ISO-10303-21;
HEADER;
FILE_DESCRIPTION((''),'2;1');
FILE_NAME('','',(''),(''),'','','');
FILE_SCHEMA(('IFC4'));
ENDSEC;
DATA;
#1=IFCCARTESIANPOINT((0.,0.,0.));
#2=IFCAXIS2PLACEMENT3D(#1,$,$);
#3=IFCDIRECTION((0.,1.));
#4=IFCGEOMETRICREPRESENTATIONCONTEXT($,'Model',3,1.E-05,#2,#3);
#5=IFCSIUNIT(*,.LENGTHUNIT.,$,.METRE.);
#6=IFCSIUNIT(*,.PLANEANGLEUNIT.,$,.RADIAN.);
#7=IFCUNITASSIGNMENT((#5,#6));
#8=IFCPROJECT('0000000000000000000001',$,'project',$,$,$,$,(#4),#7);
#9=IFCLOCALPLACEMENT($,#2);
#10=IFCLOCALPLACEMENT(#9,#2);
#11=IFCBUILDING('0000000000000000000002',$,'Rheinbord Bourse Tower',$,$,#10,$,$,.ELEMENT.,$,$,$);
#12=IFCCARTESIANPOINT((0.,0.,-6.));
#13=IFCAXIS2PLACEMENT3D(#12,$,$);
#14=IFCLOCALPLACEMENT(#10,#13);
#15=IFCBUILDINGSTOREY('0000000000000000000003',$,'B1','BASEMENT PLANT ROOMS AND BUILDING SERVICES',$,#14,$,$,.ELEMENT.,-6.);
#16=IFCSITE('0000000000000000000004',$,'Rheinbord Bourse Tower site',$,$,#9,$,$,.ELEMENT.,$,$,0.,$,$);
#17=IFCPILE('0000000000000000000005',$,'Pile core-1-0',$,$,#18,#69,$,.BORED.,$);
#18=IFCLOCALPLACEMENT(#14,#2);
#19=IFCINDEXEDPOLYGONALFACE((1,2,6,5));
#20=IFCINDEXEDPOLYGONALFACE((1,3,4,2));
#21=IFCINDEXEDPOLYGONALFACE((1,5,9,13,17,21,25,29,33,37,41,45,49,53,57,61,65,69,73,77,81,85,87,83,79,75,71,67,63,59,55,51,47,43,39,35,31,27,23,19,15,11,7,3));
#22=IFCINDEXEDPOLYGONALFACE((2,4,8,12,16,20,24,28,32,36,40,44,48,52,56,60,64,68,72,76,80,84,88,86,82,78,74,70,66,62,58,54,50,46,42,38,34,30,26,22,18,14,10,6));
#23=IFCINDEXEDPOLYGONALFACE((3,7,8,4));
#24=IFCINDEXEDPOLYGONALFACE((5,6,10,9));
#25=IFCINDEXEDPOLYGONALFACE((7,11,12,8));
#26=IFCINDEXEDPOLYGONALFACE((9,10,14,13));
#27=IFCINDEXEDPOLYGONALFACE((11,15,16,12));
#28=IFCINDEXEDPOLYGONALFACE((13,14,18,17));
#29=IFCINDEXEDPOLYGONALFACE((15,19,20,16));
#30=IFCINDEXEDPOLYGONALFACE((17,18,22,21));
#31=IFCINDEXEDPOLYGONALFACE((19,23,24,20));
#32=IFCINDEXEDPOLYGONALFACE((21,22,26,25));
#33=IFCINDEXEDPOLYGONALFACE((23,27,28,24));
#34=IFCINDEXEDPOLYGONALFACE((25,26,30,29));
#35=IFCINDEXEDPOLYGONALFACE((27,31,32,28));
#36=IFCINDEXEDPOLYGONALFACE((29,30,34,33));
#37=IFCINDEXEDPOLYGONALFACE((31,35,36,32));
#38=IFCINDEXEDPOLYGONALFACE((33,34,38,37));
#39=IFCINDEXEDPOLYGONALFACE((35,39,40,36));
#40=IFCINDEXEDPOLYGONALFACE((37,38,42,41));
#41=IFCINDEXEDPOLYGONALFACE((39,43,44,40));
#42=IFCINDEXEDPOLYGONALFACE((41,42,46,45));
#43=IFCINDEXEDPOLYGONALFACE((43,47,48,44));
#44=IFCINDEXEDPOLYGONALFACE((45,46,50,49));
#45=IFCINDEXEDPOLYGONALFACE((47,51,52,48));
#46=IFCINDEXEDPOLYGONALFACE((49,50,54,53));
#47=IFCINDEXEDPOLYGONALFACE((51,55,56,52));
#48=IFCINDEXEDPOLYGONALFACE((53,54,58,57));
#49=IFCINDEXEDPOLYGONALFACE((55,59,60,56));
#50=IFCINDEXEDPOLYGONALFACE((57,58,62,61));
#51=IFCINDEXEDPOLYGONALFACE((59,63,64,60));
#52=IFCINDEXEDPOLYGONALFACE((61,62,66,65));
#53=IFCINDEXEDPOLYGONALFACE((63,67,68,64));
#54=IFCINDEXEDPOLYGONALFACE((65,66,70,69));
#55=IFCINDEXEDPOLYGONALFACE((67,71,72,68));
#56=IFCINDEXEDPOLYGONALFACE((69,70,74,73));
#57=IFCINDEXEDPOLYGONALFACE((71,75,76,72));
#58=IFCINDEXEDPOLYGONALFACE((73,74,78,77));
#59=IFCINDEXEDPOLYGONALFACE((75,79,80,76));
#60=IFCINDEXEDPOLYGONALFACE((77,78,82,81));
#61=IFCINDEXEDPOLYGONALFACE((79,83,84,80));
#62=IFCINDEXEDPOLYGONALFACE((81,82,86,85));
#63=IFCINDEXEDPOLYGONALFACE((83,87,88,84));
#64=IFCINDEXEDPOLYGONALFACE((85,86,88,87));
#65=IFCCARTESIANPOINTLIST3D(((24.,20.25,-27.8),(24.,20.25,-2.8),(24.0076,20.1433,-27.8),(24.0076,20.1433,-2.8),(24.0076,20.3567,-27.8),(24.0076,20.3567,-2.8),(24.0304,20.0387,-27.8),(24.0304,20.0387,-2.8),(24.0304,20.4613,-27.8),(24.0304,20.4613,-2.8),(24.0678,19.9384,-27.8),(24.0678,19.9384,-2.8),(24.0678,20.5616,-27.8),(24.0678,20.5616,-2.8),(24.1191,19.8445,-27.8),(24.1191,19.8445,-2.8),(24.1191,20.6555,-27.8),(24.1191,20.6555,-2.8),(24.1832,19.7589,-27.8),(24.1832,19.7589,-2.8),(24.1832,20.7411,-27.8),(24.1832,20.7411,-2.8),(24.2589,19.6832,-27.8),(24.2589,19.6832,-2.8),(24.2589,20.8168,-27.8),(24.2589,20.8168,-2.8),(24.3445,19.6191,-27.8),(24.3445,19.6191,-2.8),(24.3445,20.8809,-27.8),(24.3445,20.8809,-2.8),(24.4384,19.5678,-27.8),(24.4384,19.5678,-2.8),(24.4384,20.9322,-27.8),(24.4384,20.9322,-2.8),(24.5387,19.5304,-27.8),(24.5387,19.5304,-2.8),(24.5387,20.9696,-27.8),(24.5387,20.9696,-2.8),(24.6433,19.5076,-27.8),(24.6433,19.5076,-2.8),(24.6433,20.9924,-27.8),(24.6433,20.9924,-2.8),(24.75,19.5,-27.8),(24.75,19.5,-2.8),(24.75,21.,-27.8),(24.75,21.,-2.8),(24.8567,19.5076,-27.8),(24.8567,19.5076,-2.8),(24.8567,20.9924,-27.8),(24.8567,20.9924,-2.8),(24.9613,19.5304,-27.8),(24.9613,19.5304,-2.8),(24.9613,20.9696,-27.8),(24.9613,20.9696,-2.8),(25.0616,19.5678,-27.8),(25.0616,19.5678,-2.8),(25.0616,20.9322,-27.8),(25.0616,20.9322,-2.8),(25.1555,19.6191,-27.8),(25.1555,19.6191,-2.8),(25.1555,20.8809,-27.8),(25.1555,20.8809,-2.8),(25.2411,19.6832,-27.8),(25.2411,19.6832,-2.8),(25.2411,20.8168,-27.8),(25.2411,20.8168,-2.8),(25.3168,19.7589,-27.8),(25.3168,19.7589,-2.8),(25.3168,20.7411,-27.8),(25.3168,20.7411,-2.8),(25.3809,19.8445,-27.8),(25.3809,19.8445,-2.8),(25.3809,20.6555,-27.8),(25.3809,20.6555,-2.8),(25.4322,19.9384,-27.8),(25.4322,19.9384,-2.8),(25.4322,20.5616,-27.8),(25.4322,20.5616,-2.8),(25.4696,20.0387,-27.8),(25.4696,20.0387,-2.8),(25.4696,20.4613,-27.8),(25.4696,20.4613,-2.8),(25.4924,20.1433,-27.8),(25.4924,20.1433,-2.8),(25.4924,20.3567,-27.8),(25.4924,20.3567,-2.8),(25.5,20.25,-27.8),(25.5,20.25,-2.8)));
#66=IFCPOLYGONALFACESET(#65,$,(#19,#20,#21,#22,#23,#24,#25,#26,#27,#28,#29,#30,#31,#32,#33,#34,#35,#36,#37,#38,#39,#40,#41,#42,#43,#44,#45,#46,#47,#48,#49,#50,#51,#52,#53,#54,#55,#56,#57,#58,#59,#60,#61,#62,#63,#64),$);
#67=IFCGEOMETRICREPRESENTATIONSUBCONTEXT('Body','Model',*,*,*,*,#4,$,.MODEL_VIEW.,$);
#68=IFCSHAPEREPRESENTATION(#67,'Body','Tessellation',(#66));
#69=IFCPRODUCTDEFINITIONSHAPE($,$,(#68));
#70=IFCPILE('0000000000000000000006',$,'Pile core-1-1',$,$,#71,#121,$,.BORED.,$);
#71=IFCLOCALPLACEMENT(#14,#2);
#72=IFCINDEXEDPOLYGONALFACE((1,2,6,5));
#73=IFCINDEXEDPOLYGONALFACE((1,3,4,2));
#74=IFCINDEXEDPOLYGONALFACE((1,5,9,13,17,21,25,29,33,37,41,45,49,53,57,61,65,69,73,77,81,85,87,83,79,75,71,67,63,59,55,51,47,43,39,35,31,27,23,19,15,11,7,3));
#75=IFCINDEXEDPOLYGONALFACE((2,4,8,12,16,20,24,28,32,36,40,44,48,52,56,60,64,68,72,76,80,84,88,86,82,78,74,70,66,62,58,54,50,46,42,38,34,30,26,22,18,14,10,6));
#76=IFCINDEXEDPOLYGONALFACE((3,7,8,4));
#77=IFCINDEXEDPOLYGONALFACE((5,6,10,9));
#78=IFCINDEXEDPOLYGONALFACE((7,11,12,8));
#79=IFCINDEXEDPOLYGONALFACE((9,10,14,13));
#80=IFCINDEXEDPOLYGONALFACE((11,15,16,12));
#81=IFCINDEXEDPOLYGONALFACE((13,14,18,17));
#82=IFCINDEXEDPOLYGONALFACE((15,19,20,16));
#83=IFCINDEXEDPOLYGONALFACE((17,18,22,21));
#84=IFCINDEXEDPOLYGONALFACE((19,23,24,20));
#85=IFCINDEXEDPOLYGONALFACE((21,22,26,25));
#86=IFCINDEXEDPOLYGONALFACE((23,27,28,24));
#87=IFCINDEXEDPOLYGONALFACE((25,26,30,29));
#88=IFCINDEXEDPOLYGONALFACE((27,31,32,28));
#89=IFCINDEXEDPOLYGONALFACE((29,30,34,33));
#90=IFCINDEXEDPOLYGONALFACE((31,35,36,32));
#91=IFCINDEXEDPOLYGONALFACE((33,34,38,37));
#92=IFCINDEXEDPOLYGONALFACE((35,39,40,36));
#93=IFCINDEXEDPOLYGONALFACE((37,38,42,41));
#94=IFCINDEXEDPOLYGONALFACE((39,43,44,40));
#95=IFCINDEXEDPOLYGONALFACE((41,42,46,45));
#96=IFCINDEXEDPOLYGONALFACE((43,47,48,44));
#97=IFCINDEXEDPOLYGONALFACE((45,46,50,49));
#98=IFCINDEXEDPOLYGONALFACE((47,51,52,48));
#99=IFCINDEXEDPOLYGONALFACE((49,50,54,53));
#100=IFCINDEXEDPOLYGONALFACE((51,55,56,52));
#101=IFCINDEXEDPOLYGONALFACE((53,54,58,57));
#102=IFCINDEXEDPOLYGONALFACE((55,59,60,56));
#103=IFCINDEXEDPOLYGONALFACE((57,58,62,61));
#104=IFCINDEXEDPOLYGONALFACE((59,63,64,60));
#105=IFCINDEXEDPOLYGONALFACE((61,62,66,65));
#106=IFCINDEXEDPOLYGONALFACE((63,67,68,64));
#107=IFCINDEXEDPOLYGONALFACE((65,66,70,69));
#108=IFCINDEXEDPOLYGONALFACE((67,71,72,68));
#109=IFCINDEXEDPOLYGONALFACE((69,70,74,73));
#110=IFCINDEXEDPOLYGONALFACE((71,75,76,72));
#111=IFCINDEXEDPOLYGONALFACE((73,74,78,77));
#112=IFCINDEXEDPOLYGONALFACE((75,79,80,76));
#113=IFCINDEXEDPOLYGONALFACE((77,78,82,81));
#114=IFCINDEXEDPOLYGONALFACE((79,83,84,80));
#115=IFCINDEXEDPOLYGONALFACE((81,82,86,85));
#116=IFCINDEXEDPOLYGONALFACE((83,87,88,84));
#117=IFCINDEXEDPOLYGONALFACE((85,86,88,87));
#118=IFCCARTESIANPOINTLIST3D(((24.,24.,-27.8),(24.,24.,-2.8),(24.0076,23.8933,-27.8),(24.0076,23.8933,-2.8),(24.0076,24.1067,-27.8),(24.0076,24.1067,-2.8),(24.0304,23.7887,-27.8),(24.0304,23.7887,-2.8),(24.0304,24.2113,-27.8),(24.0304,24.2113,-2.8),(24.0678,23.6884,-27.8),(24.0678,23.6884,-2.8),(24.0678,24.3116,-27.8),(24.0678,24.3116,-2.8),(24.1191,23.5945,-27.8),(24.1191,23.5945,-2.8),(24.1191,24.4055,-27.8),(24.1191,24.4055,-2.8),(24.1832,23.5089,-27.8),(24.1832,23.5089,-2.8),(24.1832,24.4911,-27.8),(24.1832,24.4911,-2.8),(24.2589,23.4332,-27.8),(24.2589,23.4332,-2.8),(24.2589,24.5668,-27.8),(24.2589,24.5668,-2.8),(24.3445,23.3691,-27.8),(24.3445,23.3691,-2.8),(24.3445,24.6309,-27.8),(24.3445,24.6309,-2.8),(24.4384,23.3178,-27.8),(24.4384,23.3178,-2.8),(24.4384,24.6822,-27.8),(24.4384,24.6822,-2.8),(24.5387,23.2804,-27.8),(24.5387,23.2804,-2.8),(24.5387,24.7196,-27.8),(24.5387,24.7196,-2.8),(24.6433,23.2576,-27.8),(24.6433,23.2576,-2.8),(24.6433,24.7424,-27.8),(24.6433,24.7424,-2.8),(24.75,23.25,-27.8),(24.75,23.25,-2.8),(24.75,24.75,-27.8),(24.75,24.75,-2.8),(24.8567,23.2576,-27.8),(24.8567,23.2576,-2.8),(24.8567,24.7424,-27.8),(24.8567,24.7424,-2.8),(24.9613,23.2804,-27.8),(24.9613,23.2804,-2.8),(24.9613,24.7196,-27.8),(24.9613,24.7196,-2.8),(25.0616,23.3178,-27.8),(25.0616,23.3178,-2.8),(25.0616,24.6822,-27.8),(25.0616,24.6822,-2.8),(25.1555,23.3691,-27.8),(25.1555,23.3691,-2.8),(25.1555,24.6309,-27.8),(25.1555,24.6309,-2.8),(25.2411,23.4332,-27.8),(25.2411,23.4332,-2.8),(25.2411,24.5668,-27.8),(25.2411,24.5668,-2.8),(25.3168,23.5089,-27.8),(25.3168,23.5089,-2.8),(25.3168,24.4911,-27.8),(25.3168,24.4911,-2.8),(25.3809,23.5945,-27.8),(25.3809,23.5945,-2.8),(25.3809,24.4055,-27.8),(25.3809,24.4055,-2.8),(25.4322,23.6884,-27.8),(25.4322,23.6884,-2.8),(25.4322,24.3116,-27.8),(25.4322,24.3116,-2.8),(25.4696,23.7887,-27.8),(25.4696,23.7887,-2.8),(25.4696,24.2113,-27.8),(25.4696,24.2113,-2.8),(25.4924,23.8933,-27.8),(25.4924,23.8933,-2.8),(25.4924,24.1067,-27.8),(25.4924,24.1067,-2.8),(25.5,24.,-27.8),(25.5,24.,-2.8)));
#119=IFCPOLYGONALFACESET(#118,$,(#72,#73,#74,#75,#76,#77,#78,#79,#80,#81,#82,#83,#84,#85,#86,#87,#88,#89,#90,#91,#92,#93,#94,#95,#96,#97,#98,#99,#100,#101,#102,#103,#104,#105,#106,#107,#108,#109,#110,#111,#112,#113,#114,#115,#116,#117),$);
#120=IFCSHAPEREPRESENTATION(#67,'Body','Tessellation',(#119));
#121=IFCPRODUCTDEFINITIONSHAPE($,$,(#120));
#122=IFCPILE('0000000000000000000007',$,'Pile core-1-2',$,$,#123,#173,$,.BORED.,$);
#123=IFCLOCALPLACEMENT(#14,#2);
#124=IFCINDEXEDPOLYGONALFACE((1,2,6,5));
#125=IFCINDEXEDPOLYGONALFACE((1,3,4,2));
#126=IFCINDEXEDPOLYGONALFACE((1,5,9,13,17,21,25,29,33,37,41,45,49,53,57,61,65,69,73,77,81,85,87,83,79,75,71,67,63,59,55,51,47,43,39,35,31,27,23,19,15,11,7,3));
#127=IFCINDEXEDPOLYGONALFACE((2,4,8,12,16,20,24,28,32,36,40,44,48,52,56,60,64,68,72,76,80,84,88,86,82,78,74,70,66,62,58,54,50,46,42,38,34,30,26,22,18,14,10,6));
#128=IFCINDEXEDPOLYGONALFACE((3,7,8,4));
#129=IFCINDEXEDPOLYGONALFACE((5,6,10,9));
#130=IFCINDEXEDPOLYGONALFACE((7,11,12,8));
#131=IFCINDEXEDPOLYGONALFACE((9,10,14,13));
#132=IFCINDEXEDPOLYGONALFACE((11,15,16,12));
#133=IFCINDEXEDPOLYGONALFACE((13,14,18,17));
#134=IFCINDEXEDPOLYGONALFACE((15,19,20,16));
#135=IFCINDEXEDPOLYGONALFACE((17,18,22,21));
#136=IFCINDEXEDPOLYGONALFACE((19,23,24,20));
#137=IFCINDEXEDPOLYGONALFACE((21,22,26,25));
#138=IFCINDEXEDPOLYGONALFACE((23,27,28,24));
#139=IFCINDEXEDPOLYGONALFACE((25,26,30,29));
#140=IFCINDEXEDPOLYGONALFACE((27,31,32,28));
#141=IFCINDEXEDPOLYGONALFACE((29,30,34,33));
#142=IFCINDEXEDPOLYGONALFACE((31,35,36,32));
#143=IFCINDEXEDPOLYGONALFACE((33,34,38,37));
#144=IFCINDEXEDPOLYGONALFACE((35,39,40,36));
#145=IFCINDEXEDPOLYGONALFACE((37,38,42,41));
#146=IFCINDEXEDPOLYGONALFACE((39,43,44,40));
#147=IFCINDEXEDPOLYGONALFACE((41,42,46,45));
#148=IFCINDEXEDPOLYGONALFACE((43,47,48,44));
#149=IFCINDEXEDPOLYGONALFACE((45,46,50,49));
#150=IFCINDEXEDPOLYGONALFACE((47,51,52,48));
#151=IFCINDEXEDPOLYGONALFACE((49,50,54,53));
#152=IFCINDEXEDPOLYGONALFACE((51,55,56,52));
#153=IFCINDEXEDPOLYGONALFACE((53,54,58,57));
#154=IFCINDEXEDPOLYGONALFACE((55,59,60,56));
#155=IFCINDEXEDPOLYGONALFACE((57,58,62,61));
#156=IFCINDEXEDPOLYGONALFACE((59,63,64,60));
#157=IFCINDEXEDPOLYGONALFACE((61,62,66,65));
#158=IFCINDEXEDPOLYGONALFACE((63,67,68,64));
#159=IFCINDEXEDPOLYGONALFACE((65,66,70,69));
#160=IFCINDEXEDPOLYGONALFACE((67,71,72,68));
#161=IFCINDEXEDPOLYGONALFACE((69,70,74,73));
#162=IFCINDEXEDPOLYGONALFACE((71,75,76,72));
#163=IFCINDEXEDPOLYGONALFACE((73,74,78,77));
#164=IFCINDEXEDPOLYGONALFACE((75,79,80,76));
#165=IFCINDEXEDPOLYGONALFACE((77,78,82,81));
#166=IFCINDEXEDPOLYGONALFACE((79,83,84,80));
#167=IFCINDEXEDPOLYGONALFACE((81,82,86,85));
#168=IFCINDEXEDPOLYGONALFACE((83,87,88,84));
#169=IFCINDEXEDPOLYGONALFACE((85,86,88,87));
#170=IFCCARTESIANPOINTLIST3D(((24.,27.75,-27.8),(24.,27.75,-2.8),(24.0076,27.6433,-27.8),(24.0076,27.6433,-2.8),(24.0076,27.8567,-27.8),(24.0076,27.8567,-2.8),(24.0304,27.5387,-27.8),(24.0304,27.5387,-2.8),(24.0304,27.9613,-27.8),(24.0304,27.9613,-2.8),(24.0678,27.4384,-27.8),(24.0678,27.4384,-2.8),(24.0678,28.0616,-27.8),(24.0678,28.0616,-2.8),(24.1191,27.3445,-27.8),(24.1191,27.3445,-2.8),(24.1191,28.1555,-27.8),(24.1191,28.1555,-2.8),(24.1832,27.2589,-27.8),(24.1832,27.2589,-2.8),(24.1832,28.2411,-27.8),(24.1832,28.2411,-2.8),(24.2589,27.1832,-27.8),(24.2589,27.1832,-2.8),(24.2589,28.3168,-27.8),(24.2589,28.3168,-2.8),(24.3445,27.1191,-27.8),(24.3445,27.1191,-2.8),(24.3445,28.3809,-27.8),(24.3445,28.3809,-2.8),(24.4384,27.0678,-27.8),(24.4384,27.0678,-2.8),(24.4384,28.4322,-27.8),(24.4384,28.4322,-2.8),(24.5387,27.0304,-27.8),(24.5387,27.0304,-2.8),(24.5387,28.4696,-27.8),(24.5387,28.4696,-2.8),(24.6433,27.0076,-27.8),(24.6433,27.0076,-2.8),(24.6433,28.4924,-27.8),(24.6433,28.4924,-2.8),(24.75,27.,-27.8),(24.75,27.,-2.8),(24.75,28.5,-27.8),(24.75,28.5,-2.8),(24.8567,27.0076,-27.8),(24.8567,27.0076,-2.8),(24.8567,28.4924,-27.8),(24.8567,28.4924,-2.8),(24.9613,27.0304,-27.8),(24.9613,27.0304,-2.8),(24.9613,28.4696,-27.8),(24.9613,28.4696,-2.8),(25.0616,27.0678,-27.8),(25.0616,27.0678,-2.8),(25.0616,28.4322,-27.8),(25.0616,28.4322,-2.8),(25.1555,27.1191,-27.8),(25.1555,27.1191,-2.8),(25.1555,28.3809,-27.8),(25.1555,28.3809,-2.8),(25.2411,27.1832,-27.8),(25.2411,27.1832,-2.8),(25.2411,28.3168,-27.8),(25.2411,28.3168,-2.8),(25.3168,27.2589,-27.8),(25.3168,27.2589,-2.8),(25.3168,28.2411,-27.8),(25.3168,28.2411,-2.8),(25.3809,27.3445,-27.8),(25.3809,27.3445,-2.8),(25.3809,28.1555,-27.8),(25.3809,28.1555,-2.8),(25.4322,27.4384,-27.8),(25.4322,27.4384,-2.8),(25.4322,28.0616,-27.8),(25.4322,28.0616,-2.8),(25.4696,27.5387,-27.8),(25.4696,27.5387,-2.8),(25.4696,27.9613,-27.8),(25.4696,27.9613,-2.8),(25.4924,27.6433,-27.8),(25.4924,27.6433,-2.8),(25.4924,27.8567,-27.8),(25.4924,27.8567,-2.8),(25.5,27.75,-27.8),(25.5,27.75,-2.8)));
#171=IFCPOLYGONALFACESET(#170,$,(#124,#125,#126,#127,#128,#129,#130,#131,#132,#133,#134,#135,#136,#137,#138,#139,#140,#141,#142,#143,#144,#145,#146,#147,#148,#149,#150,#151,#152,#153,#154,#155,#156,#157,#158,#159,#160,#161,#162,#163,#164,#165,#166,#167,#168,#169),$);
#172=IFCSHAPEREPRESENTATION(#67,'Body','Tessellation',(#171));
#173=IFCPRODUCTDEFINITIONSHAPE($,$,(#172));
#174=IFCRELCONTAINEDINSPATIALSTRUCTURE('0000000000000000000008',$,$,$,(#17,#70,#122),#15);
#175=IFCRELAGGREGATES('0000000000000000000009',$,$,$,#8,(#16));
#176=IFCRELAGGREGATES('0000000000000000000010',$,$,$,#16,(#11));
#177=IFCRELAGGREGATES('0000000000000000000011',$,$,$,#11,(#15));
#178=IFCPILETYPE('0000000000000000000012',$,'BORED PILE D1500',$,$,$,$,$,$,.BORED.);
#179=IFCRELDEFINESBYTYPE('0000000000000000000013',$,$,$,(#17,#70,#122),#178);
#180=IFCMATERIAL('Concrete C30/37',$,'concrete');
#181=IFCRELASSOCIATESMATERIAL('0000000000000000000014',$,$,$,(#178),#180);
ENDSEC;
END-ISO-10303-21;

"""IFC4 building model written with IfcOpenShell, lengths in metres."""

from ifc_helpers import new_model, si_unit, direction, frame, origin, origin_2d, place, context, subcontext, project, spatial, circle, extrude, material, material_profile, profile_set, type_object, element, save


model = new_model("IFC4")

# Units and contexts
model_context = context("Model", 3, precision=1e-05, world=origin(), true_north=direction((0.0, 1.0)))
body_context = subcontext(model_context, "Body", "Model", "MODEL_VIEW")
ifc_project = project(units=[si_unit("LENGTHUNIT", "METRE"), si_unit("PLANEANGLEUNIT", "RADIAN")], contexts=[model_context])

# Site, building, storey
site_placement = place(None, origin())
site = spatial("IfcSite", under=ifc_project, at=site_placement, Name="Rheinbord Bourse Tower site", CompositionType="ELEMENT", RefElevation=0.0)
building_placement = place(site_placement, origin())
building = spatial("IfcBuilding", under=site, at=building_placement, Name="Rheinbord Bourse Tower", CompositionType="ELEMENT")
storey_placement = place(building_placement, frame((0.0, 0.0, -6.0)))
storey = spatial("IfcBuildingStorey", under=building, at=storey_placement, Name="B1", Description="BASEMENT PLANT ROOMS AND BUILDING SERVICES", CompositionType="ELEMENT", Elevation=-6.0)

# Piles
ifc_material_1 = material(Name="Concrete C30/37", Category="concrete")
ifc_material_profile = material_profile(ifc_material_1, circle(Radius=0.75, at=origin_2d()), Name="D1500")
ifc_profile_set = profile_set([ifc_material_profile], Name="Concrete C30/37")
pile_type = type_object("IfcPileType", Name="BORED PILE D1500", PredefinedType="BORED", material=ifc_profile_set)
for number, where, z_axis, x_axis, name in (
    (1, (24.75, 20.25, -2.8), (0.0, 0.0, -1.0), (1.0, 0.0, 0.0), "Pile core-1-0"),
    (2, (24.75, 24.0, -2.8), (0.0, 0.0, -1.0), (1.0, 0.0, 0.0), "Pile core-1-1"),
    (3, (24.75, 27.75, -2.8), (0.0, 0.0, -1.0), (1.0, 0.0, 0.0), "Pile core-1-2"),
):
    element("IfcPile", number, at=place(storey_placement, frame(where, z_axis=z_axis, x_axis=x_axis)), inside=storey, type_object=pile_type, Name=name, PredefinedType="BORED", context=body_context, shape_type="SweptSolid", body=[
        extrude(circle(Radius=0.75, at=origin_2d()), origin(), (0.0, 0.0, 1.0), 25.0),
    ])

save(model, "model.ifc")
